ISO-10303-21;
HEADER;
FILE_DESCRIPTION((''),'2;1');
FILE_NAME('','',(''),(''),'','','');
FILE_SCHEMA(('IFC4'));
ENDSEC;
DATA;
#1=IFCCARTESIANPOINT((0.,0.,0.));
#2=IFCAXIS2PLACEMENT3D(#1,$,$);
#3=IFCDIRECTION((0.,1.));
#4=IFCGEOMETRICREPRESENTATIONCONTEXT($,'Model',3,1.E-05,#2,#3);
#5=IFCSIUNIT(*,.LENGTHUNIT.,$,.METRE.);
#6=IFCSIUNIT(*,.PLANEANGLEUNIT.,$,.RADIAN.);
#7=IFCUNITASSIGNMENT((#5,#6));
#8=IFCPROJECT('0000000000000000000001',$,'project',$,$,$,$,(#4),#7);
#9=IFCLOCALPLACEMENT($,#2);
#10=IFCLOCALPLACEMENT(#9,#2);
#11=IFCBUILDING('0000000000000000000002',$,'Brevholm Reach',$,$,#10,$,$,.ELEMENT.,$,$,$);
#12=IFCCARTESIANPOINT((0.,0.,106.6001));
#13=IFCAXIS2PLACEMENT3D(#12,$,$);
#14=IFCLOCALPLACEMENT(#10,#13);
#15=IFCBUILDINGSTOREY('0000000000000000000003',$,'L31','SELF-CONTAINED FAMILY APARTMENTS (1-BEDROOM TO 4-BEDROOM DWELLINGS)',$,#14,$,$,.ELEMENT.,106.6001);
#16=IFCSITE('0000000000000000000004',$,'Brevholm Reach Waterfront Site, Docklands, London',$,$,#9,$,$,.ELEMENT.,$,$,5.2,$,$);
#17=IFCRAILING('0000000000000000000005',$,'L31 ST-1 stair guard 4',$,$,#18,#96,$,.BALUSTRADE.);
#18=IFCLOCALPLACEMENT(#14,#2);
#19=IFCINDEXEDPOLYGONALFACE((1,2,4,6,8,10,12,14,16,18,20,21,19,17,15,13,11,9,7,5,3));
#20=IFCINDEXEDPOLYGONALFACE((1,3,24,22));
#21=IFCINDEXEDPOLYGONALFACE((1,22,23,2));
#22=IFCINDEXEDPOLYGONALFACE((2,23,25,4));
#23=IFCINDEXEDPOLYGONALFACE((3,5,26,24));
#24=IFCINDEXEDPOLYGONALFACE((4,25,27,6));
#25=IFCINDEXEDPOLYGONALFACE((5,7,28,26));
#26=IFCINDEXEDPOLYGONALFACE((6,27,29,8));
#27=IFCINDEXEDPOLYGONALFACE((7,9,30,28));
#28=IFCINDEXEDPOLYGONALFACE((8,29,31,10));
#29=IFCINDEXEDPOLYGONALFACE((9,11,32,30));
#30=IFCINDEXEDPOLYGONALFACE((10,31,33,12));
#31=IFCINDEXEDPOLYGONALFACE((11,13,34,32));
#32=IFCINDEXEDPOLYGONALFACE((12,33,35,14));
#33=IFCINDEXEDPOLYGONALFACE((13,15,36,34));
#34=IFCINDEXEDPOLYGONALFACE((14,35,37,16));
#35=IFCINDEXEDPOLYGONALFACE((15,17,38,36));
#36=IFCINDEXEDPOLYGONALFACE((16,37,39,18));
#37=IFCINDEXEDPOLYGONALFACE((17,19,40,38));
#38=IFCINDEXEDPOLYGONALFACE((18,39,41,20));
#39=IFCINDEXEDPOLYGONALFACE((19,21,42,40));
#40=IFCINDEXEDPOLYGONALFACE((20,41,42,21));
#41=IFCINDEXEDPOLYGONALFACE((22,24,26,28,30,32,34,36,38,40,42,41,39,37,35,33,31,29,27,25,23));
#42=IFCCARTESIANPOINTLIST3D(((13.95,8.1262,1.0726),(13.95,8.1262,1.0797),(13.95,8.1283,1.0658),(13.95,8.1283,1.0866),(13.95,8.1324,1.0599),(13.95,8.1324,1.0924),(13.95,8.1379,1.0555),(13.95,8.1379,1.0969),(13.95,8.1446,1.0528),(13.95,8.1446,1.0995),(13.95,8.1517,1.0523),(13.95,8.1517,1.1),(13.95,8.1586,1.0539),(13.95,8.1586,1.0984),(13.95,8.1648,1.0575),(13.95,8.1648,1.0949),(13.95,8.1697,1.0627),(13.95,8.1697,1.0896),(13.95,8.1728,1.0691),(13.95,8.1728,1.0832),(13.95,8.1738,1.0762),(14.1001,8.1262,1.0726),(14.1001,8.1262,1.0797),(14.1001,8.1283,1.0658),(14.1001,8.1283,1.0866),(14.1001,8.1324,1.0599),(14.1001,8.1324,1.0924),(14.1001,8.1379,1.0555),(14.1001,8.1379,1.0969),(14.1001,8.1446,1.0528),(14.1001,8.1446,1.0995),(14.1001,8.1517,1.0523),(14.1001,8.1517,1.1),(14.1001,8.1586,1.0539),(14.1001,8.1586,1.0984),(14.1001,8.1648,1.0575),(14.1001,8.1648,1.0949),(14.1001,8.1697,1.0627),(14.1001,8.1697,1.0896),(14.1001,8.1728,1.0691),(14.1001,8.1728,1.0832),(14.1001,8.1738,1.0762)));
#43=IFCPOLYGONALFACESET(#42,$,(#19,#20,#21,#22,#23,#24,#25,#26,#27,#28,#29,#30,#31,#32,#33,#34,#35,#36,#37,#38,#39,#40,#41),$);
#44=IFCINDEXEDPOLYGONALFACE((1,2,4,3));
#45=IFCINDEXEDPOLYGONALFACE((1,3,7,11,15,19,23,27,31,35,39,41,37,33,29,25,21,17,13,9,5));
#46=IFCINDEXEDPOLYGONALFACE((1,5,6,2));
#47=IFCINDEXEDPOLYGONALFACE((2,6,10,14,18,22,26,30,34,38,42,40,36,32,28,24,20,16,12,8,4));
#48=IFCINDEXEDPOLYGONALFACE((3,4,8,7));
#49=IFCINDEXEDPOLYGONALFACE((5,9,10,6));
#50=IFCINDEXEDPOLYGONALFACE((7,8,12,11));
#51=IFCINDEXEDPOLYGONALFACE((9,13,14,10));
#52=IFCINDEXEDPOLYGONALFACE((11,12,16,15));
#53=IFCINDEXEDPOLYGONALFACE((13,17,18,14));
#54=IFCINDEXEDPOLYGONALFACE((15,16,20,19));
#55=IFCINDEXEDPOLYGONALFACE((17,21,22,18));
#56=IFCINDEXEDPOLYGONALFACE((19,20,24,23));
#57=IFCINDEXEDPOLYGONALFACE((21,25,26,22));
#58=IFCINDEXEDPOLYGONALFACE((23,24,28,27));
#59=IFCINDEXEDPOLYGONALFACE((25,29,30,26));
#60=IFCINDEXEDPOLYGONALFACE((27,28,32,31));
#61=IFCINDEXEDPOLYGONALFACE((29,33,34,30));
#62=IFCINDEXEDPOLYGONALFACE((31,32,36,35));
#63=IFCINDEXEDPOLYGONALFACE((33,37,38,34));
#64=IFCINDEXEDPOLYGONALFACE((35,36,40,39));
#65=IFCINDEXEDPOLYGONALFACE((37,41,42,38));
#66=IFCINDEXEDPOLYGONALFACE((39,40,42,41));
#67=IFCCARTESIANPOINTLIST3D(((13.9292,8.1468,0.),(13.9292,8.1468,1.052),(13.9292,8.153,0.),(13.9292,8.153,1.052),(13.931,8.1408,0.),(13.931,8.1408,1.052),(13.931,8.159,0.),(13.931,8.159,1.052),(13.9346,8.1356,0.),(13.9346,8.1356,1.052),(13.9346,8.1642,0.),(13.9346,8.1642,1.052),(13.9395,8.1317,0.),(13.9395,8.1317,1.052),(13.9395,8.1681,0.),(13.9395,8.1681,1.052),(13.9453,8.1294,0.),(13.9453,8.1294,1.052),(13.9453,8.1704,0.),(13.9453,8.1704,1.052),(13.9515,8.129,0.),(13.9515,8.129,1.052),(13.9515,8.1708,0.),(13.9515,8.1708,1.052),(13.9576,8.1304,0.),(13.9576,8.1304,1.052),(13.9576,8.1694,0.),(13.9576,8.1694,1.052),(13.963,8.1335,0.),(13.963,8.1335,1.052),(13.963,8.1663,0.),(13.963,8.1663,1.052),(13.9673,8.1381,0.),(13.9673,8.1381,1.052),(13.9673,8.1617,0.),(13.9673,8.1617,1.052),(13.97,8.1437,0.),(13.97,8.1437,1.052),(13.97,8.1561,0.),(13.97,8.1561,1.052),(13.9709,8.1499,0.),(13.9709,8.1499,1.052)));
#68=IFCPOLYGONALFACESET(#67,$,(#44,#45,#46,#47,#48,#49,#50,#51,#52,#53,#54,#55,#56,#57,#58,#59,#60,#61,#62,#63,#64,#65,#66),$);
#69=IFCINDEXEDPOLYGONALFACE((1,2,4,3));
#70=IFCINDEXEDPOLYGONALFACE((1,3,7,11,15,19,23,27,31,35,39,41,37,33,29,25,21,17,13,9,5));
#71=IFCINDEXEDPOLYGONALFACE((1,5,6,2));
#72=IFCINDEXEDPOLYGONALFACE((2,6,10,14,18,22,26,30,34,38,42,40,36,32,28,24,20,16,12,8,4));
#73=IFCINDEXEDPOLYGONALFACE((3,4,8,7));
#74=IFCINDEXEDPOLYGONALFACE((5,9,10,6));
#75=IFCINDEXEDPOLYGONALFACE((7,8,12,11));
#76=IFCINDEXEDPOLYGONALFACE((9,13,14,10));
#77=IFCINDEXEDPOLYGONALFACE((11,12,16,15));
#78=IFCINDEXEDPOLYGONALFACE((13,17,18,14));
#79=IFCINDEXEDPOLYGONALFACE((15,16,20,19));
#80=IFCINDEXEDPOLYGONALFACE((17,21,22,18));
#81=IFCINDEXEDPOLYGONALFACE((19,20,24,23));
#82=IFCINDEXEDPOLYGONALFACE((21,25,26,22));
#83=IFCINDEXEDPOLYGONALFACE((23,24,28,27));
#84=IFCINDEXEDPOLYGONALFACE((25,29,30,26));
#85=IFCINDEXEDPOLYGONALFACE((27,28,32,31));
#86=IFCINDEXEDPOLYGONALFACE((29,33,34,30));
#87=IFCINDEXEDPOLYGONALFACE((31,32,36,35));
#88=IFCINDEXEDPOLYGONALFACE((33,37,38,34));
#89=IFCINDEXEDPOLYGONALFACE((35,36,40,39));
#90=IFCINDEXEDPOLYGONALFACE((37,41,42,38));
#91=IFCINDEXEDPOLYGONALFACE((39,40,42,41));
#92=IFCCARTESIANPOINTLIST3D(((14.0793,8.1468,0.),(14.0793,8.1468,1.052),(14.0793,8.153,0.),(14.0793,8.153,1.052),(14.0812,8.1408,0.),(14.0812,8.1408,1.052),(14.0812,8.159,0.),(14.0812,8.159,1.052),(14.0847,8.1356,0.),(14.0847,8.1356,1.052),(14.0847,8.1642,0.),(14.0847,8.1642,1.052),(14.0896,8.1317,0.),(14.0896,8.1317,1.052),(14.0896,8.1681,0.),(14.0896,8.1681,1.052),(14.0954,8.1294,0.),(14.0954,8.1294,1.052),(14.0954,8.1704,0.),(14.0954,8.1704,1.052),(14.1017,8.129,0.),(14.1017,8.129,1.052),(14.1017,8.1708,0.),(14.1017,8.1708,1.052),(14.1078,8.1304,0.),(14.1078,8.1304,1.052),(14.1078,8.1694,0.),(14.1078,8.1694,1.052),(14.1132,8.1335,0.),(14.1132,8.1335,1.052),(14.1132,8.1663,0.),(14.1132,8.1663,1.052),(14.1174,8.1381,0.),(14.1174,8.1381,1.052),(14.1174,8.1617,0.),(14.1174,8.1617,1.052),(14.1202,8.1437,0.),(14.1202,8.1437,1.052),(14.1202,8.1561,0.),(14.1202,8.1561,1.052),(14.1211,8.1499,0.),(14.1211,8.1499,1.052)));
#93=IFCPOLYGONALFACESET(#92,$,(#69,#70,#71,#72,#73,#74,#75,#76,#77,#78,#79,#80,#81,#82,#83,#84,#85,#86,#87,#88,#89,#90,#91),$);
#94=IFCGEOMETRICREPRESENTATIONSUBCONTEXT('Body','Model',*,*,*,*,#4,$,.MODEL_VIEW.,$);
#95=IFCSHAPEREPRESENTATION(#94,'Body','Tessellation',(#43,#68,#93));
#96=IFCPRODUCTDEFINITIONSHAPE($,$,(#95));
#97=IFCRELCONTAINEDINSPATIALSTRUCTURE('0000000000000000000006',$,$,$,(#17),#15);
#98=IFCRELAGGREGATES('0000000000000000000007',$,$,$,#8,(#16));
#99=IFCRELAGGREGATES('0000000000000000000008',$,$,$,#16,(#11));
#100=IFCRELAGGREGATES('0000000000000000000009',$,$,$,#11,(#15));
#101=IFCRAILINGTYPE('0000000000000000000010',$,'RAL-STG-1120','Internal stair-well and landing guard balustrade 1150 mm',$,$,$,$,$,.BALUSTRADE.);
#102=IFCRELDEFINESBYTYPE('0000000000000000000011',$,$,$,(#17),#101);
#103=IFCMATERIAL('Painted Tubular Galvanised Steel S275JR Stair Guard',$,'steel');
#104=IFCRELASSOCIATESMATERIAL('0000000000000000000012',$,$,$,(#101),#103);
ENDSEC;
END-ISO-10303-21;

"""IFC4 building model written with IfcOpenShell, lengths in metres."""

from ifc_helpers import new_model, si_unit, direction, frame, origin, origin_2d, place, context, subcontext, project, spatial, circle, extrude, material, type_object, element, save


model = new_model("IFC4")

# Units and contexts
model_context = context("Model", 3, precision=1e-05, world=origin(), true_north=direction((0.0, 1.0)))
body_context = subcontext(model_context, "Body", "Model", "MODEL_VIEW")
ifc_project = project(units=[si_unit("LENGTHUNIT", "METRE"), si_unit("PLANEANGLEUNIT", "RADIAN")], contexts=[model_context])

# Site, building, storey
site_placement = place(None, origin())
site = spatial("IfcSite", under=ifc_project, at=site_placement, Name="Brevholm Reach Waterfront Site, Docklands, London", CompositionType="ELEMENT", RefElevation=5.2)
building_placement = place(site_placement, origin())
building = spatial("IfcBuilding", under=site, at=building_placement, Name="Brevholm Reach", CompositionType="ELEMENT")
storey_placement = place(building_placement, frame((0.0, 0.0, 106.6001)))
storey = spatial("IfcBuildingStorey", under=building, at=storey_placement, Name="L31", Description="SELF-CONTAINED FAMILY APARTMENTS (1-BEDROOM TO 4-BEDROOM DWELLINGS)", CompositionType="ELEMENT", Elevation=106.6001)

# Railing
ifc_material_1 = material(Name="Painted Tubular Galvanised Steel S275JR Stair Guard", Category="steel")
railing_type = type_object("IfcRailingType", Name="RAL-STG-1120", Description="Internal stair-well and landing guard balustrade 1150 mm", PredefinedType="BALUSTRADE", material=ifc_material_1)
railing_1_placement = place(storey_placement, frame((13.95, 8.1499, 0.0)))
element("IfcRailing", 1, at=railing_1_placement, inside=storey, type_object=railing_type, Name="L31 ST-1 stair guard 4", PredefinedType="BALUSTRADE", context=body_context, shape_type="SweptSolid", body=[
    extrude(circle(Radius=0.0239, at=origin_2d()), frame((0.0, 0.0, 1.0762), z_axis=(1.0, 0.0, 0.0), x_axis=(0.0, 1.0, 0.0)), (0.0, 0.0, 1.0), 0.1501),
    extrude(circle(Radius=0.021, at=origin_2d()), origin(), (0.0, 0.0, 1.0), 1.052),
    extrude(circle(Radius=0.021, at=origin_2d()), frame((0.1501, 0.0, 0.0)), (0.0, 0.0, 1.0), 1.052),
])

save(model, "model.ifc")
